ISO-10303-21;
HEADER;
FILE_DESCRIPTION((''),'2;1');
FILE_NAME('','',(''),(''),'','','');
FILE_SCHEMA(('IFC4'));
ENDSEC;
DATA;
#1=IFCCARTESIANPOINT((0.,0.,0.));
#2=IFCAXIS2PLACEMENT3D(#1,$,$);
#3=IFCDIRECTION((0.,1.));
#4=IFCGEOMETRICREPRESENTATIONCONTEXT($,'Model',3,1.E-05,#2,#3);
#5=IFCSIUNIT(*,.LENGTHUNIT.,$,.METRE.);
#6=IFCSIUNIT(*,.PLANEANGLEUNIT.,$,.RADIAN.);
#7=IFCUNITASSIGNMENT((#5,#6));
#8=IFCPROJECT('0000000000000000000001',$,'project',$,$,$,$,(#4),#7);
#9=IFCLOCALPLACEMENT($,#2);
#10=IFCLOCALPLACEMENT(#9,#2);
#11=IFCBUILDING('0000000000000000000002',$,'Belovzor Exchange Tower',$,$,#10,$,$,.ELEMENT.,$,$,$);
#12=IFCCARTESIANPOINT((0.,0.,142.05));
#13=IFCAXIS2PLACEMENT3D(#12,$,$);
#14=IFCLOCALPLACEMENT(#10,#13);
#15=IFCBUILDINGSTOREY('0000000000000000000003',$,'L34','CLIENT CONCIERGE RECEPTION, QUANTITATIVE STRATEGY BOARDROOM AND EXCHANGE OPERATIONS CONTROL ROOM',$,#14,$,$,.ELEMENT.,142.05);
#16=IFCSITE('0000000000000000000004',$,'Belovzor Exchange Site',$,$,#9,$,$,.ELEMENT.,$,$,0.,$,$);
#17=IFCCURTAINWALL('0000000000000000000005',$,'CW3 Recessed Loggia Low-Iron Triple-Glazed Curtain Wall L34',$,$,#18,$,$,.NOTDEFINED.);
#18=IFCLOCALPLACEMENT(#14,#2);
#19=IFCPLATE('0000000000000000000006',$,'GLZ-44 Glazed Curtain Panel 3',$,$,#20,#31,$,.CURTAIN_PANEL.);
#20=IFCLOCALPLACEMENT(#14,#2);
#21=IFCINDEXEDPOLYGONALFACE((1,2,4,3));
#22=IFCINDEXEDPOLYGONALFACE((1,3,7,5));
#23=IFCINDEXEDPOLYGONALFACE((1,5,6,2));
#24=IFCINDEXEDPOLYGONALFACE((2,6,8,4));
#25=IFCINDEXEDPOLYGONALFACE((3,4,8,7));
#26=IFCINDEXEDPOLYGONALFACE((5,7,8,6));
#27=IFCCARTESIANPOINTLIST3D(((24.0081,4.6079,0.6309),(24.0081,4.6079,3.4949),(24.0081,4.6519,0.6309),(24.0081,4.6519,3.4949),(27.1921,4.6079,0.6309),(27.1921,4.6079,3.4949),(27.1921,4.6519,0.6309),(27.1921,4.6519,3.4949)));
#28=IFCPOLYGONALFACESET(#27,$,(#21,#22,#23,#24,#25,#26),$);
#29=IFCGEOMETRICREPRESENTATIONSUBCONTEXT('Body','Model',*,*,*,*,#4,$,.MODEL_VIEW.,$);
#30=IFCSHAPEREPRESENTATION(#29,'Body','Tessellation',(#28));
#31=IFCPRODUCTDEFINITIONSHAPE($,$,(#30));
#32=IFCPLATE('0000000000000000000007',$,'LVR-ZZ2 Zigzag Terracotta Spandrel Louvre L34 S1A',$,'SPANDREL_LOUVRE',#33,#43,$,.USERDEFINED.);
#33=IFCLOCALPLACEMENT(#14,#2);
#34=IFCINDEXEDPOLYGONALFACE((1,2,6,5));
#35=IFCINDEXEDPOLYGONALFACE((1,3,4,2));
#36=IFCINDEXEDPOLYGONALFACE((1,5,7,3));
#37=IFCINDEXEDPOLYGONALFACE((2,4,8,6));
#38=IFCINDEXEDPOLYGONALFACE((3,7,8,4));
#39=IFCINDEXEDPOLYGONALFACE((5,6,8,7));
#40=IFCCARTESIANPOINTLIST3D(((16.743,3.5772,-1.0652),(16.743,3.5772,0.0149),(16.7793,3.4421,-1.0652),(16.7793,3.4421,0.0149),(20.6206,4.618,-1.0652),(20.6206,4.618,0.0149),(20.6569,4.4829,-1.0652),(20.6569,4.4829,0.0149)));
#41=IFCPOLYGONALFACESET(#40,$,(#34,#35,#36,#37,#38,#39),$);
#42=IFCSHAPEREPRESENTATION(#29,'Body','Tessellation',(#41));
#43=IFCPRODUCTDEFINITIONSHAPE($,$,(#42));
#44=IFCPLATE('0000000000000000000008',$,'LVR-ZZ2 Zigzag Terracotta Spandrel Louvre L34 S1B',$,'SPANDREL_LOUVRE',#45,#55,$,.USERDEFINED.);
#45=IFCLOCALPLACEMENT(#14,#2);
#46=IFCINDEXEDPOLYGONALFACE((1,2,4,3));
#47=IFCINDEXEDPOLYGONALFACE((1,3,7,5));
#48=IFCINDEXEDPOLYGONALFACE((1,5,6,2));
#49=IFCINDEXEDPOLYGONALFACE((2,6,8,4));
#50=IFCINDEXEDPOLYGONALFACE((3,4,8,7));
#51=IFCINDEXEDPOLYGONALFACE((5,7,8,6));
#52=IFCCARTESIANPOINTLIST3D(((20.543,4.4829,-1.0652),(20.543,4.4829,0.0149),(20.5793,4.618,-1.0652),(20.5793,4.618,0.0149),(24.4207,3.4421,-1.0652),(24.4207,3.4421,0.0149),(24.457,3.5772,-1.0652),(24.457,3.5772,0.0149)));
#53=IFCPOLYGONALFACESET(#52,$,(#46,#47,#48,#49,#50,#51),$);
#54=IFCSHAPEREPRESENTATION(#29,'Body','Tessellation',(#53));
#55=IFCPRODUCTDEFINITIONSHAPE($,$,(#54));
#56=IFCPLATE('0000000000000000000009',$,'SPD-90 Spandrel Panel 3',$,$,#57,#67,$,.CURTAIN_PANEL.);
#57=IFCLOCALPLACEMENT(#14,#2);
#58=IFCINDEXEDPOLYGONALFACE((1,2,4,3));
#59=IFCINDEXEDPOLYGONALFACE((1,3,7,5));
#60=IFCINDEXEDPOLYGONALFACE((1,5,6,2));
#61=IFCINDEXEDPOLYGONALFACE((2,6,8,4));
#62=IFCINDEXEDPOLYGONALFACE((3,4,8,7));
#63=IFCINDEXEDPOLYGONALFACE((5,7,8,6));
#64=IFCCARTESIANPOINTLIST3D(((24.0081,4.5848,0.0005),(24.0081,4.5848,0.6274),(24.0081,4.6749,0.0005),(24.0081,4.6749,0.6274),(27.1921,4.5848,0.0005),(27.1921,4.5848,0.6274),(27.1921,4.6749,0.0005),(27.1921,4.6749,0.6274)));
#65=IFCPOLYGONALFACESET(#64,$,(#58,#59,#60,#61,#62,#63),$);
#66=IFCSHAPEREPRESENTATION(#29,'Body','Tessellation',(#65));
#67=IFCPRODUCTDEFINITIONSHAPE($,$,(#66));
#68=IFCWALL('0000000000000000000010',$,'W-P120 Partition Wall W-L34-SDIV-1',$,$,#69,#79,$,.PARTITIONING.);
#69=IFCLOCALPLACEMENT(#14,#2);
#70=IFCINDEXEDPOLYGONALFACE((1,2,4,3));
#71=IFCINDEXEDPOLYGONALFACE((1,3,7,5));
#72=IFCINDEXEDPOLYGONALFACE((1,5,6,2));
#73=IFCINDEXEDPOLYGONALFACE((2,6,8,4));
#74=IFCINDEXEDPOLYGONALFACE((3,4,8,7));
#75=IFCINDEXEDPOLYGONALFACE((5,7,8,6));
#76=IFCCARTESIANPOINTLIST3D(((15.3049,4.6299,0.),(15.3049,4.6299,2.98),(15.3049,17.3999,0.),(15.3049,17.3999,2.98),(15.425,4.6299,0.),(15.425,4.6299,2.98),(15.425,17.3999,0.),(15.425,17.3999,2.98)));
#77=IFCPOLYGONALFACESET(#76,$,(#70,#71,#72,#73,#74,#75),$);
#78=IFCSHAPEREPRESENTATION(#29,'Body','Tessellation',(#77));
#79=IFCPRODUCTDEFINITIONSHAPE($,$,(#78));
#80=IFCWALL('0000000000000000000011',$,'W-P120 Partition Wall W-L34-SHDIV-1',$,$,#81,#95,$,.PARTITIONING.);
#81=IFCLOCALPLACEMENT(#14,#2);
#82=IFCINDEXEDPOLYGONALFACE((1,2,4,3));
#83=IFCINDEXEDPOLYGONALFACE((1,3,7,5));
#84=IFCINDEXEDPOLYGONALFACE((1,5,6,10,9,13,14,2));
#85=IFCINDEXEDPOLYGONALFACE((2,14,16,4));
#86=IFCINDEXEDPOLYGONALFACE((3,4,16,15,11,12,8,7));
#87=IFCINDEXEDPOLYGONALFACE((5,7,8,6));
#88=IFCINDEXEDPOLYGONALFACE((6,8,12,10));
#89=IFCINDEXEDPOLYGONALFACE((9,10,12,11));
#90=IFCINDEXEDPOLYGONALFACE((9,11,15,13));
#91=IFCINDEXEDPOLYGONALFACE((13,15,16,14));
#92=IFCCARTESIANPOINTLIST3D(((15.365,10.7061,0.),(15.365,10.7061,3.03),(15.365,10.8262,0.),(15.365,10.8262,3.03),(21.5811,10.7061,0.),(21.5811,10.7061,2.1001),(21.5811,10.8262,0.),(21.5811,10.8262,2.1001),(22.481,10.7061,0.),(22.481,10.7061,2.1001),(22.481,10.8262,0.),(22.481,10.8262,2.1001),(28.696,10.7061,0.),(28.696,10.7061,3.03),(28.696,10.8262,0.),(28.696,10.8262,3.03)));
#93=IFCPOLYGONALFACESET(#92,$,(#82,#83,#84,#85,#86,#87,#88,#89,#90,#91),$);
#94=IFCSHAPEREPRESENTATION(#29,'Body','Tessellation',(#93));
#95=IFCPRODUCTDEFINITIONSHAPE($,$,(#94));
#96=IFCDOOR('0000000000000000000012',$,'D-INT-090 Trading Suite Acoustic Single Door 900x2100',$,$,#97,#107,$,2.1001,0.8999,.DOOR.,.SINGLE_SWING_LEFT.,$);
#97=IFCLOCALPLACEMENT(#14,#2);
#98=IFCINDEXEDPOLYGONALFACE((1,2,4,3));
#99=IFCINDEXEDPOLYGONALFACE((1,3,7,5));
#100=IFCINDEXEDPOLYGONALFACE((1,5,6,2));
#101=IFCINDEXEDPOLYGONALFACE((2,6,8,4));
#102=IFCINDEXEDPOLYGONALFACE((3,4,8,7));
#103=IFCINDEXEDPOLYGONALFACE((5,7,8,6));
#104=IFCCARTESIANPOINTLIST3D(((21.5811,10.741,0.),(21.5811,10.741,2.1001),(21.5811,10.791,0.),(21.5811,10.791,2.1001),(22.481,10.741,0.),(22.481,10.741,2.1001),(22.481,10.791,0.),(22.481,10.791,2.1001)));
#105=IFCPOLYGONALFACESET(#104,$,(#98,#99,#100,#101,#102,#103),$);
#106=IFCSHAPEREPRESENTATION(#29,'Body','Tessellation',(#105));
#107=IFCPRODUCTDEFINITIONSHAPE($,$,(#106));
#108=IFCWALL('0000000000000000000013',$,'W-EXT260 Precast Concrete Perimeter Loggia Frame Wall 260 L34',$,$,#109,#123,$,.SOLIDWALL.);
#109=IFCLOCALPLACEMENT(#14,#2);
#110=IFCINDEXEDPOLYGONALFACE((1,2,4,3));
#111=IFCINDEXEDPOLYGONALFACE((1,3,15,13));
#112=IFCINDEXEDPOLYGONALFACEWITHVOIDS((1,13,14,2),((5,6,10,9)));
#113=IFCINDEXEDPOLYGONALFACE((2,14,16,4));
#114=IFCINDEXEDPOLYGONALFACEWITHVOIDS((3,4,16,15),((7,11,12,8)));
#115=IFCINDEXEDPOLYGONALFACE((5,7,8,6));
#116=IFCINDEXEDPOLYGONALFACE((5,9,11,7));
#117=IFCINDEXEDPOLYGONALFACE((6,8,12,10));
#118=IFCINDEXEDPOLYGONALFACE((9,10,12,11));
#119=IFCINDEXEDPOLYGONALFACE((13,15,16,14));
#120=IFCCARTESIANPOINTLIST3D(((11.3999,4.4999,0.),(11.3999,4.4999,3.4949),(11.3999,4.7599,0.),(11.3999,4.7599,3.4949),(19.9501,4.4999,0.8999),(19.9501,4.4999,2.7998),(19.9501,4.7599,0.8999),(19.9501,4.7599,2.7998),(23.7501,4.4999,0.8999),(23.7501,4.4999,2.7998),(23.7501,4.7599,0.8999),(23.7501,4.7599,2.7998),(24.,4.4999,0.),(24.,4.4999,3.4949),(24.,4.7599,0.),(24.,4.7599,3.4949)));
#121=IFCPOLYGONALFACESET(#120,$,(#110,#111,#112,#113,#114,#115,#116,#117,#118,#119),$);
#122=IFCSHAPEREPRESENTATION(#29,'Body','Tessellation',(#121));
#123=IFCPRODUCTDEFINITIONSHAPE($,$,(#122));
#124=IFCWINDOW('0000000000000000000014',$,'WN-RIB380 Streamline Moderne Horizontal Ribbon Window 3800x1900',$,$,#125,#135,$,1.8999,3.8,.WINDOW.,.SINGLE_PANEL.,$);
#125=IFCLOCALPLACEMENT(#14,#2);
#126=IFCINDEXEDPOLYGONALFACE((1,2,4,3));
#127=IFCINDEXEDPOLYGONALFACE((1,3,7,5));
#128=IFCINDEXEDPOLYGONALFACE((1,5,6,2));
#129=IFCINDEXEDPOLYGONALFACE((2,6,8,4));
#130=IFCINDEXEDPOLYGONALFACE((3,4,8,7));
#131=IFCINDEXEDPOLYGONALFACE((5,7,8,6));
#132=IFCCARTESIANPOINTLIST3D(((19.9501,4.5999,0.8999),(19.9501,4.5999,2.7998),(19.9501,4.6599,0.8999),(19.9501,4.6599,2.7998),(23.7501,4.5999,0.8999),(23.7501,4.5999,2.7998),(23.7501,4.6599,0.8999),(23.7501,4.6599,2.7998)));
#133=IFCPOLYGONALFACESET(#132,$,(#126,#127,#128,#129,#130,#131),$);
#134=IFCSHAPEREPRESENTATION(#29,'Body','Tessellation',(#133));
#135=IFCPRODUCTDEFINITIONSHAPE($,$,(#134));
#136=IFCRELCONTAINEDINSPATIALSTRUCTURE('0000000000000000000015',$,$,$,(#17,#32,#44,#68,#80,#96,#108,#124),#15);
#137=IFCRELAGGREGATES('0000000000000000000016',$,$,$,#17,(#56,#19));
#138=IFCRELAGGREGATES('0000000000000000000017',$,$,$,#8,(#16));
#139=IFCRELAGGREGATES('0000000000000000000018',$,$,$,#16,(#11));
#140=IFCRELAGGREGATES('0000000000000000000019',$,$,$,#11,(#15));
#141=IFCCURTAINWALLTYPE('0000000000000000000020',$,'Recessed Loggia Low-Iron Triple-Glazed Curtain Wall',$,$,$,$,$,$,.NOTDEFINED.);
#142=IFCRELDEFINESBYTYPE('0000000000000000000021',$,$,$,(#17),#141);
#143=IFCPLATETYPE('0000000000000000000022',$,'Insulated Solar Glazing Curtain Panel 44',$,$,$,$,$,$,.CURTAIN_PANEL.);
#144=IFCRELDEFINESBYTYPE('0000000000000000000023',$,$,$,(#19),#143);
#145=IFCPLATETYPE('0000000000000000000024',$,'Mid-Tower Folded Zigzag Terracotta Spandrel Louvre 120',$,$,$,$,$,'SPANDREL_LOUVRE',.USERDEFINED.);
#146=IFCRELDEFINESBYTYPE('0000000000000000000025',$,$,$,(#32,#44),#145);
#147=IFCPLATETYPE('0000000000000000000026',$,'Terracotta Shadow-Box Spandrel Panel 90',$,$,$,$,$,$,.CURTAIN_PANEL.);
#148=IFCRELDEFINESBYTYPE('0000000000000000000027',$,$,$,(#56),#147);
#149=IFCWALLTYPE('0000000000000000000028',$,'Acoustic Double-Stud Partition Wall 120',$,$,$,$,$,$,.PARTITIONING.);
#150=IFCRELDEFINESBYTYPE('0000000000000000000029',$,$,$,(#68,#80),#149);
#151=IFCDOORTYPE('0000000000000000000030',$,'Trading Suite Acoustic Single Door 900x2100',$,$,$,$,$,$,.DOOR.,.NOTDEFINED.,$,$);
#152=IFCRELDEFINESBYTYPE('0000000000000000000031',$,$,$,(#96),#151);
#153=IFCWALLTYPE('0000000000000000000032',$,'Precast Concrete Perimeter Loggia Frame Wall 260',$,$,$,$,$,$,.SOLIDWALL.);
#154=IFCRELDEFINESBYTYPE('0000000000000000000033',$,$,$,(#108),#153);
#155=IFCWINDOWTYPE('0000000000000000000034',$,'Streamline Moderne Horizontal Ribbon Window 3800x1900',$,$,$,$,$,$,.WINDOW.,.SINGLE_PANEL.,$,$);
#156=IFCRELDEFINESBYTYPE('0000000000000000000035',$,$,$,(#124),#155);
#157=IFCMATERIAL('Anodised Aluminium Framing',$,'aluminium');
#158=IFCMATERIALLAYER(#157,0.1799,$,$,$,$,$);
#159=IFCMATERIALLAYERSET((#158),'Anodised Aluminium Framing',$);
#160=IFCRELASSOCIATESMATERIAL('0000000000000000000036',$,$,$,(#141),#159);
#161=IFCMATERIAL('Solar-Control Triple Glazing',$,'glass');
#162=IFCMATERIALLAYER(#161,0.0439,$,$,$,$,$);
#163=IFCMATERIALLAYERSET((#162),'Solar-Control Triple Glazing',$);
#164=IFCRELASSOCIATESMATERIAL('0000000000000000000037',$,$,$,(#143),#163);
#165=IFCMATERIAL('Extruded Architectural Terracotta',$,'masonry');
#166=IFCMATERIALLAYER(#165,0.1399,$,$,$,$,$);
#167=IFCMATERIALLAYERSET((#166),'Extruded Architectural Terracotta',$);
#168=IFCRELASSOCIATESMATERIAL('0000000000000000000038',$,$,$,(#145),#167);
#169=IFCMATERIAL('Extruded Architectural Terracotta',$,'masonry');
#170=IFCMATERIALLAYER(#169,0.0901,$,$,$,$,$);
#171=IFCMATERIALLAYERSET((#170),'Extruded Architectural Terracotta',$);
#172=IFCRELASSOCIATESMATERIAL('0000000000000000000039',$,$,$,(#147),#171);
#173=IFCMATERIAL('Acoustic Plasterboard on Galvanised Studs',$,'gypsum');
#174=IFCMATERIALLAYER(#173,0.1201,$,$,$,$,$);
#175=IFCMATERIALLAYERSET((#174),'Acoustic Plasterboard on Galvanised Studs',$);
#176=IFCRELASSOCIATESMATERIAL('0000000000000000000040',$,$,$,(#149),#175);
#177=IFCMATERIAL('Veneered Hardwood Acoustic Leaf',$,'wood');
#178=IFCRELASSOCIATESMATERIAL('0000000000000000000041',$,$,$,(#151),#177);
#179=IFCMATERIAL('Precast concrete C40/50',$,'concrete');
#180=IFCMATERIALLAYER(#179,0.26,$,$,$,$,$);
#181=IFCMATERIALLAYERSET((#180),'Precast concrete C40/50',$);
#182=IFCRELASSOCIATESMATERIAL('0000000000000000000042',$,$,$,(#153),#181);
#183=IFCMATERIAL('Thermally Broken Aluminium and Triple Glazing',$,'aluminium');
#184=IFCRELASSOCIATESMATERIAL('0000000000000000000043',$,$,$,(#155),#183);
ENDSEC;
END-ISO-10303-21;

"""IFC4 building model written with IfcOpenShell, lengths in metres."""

from ifc_helpers import new_model, si_unit, direction, frame, frame_2d, origin, origin_2d, place, context, subcontext, project, spatial, rectangle, extrude, material, layer, layer_set, type_object, element, fill, aggregate, save


model = new_model("IFC4")

# Units and contexts
model_context = context("Model", 3, precision=1e-05, world=origin(), true_north=direction((0.0, 1.0)))
body_context = subcontext(model_context, "Body", "Model", "MODEL_VIEW")
ifc_project = project(units=[si_unit("LENGTHUNIT", "METRE"), si_unit("PLANEANGLEUNIT", "RADIAN")], contexts=[model_context])

# Site, building, storey
site_placement = place(None, origin())
site = spatial("IfcSite", under=ifc_project, at=site_placement, Name="Belovzor Exchange Site", CompositionType="ELEMENT", RefElevation=0.0)
building_placement = place(site_placement, origin())
building = spatial("IfcBuilding", under=site, at=building_placement, Name="Belovzor Exchange Tower", CompositionType="ELEMENT")
storey_placement = place(building_placement, frame((0.0, 0.0, 142.05)))
storey = spatial("IfcBuildingStorey", under=building, at=storey_placement, Name="L34", Description="CLIENT CONCIERGE RECEPTION, QUANTITATIVE STRATEGY BOARDROOM AND EXCHANGE OPERATIONS CONTROL ROOM", CompositionType="ELEMENT", Elevation=142.05)

# Curtain wall
ifc_material_1 = material(Name="Anodised Aluminium Framing", Category="aluminium")
ifc_layer_1 = layer(ifc_material_1, 0.1799)
ifc_layer_set_1 = layer_set([ifc_layer_1], Name="Anodised Aluminium Framing")
curtain_wall_type = type_object("IfcCurtainWallType", Name="Recessed Loggia Low-Iron Triple-Glazed Curtain Wall", PredefinedType="NOTDEFINED", material=ifc_layer_set_1)
curtain_wall_placement = place(storey_placement, origin())
curtain_wall = element("IfcCurtainWall", 1, at=curtain_wall_placement, inside=storey, type_object=curtain_wall_type, Name="CW3 Recessed Loggia Low-Iron Triple-Glazed Curtain Wall L34", PredefinedType="NOTDEFINED")

# Plate
ifc_material_2 = material(Name="Solar-Control Triple Glazing", Category="glass")
ifc_layer_2 = layer(ifc_material_2, 0.0439)
ifc_layer_set_2 = layer_set([ifc_layer_2], Name="Solar-Control Triple Glazing")
plate_type_1 = type_object("IfcPlateType", Name="Insulated Solar Glazing Curtain Panel 44", PredefinedType="CURTAIN_PANEL", material=ifc_layer_set_2)
plate_1_placement = place(storey_placement, frame((25.6001, 4.6299, 0.6309), z_axis=(0.0, 0.0, 1.0), x_axis=(-1.0, 0.0, 0.0)))
plate_1 = element("IfcPlate", 2, at=plate_1_placement, type_object=plate_type_1, Name="GLZ-44 Glazed Curtain Panel 3", PredefinedType="CURTAIN_PANEL", context=body_context, shape_type="SweptSolid", body=[
    extrude(rectangle(XDim=3.1841, YDim=0.0439, at=origin_2d()), origin(), (0.0, 0.0, 1.0), 2.864),
])

# Plates
ifc_material_3 = material(Name="Extruded Architectural Terracotta", Category="masonry")
ifc_layer_3 = layer(ifc_material_3, 0.1399)
ifc_layer_set_3 = layer_set([ifc_layer_3], Name="Extruded Architectural Terracotta")
plate_type_2 = type_object("IfcPlateType", Name="Mid-Tower Folded Zigzag Terracotta Spandrel Louvre 120", ElementType="SPANDREL_LOUVRE", PredefinedType="USERDEFINED", material=ifc_layer_set_3)
for number, where, z_axis, x_axis, name in (
    (3, (18.7, 4.03, -1.0652), (0.0, 0.0, 1.0), (0.965813, 0.25924, 0.0), "LVR-ZZ2 Zigzag Terracotta Spandrel Louvre L34 S1A"),
    (4, (22.5, 4.03, -1.0652), (0.0, 0.0, 1.0), (0.965813, -0.25924, 0.0), "LVR-ZZ2 Zigzag Terracotta Spandrel Louvre L34 S1B"),
):
    element("IfcPlate", number, at=place(storey_placement, frame(where, z_axis=z_axis, x_axis=x_axis)), inside=storey, type_object=plate_type_2, Name=name, ObjectType="SPANDREL_LOUVRE", PredefinedType="USERDEFINED", context=body_context, shape_type="SweptSolid", body=[
        extrude(rectangle(XDim=4.0149, YDim=0.1399, at=origin_2d()), origin(), (0.0, 0.0, 1.0), 1.0801),
    ])

# Plate
ifc_material_4 = material(Name="Extruded Architectural Terracotta", Category="masonry")
ifc_layer_4 = layer(ifc_material_4, 0.0901)
ifc_layer_set_4 = layer_set([ifc_layer_4], Name="Extruded Architectural Terracotta")
plate_type_3 = type_object("IfcPlateType", Name="Terracotta Shadow-Box Spandrel Panel 90", PredefinedType="CURTAIN_PANEL", material=ifc_layer_set_4)
plate_2_placement = place(storey_placement, frame((25.6001, 4.6299, 0.0005), z_axis=(0.0, 0.0, 1.0), x_axis=(-1.0, 0.0, 0.0)))
plate_2 = element("IfcPlate", 5, at=plate_2_placement, type_object=plate_type_3, Name="SPD-90 Spandrel Panel 3", PredefinedType="CURTAIN_PANEL", context=body_context, shape_type="SweptSolid", body=[
    extrude(rectangle(XDim=3.1841, YDim=0.0901, at=origin_2d()), origin(), (0.0, 0.0, 1.0), 0.627),
])
aggregate(curtain_wall, [plate_2, plate_1])

# Wall
ifc_material_5 = material(Name="Acoustic Plasterboard on Galvanised Studs", Category="gypsum")
ifc_layer_5 = layer(ifc_material_5, 0.1201)
ifc_layer_set_5 = layer_set([ifc_layer_5], Name="Acoustic Plasterboard on Galvanised Studs")
wall_type_1 = type_object("IfcWallType", Name="Acoustic Double-Stud Partition Wall 120", PredefinedType="PARTITIONING", material=ifc_layer_set_5)
wall_1_placement = place(storey_placement, frame((15.365, 4.6299, 0.0), z_axis=(0.0, 0.0, 1.0), x_axis=(0.0, 1.0, 0.0)))
element("IfcWall", 6, at=wall_1_placement, inside=storey, type_object=wall_type_1, Name="W-P120 Partition Wall W-L34-SDIV-1", PredefinedType="PARTITIONING", context=body_context, shape_type="SweptSolid", body=[
    extrude(rectangle(XDim=12.77, YDim=0.1201, at=frame_2d((6.385, 0.0))), origin(), (0.0, 0.0, 1.0), 2.98),
])

# Wall, opening, door
wall_2_placement = place(storey_placement, frame((15.365, 10.7661, 0.0), z_axis=(0.0, 0.0, 1.0), x_axis=(1.0, 0.0, 0.0)))
wall_2 = element("IfcWall", 7, at=wall_2_placement, inside=storey, type_object=wall_type_1, Name="W-P120 Partition Wall W-L34-SHDIV-1", PredefinedType="PARTITIONING", context=body_context, shape_type="SweptSolid", body=[
    extrude(rectangle(XDim=13.3311, YDim=0.1201, at=frame_2d((6.6655, 0.0))), origin(), (0.0, 0.0, 1.0), 3.03),
])
opening_1_placement = place(wall_2_placement, frame((6.2161, 0.0, 0.0)))
opening_1 = element("IfcOpeningElement", 8, at=opening_1_placement, cuts=wall_2, PredefinedType="OPENING", context=body_context, shape_type="SweptSolid", body=[
    extrude(rectangle(XDim=0.8999, YDim=2.1001, at=frame_2d((0.45, 1.05))), frame((0.0, 0.0701, 0.0), z_axis=(0.0, -1.0, 0.0), x_axis=(1.0, 0.0, 0.0)), (0.0, 0.0, 1.0), 0.1401),
])
ifc_material_6 = material(Name="Veneered Hardwood Acoustic Leaf", Category="wood")
door_type = type_object("IfcDoorType", Name="Trading Suite Acoustic Single Door 900x2100", OperationType="NOTDEFINED", PredefinedType="DOOR", material=ifc_material_6)
door_placement = place(opening_1_placement, origin())
door = element("IfcDoor", 9, at=door_placement, inside=storey, type_object=door_type, Name="D-INT-090 Trading Suite Acoustic Single Door 900x2100", OperationType="SINGLE_SWING_LEFT", OverallHeight=2.1001, OverallWidth=0.8999, PredefinedType="DOOR", context=body_context, shape_type="SweptSolid", body=[
    extrude(rectangle(XDim=0.8999, YDim=2.1001, at=frame_2d((0.45, 1.05))), frame((0.0, 0.0249, 0.0), z_axis=(0.0, -1.0, 0.0), x_axis=(1.0, 0.0, 0.0)), (0.0, 0.0, 1.0), 0.05),
])
fill(opening_1, door)

# Wall, opening, window
ifc_material_7 = material(Name="Precast concrete C40/50", Category="concrete")
ifc_layer_6 = layer(ifc_material_7, 0.26)
ifc_layer_set_6 = layer_set([ifc_layer_6], Name="Precast concrete C40/50")
wall_type_2 = type_object("IfcWallType", Name="Precast Concrete Perimeter Loggia Frame Wall 260", PredefinedType="SOLIDWALL", material=ifc_layer_set_6)
wall_3_placement = place(storey_placement, frame((24.0, 4.6299, 0.0), z_axis=(0.0, 0.0, 1.0), x_axis=(-1.0, 0.0, 0.0)))
wall_3 = element("IfcWall", 10, at=wall_3_placement, inside=storey, type_object=wall_type_2, Name="W-EXT260 Precast Concrete Perimeter Loggia Frame Wall 260 L34", PredefinedType="SOLIDWALL", context=body_context, shape_type="SweptSolid", body=[
    extrude(rectangle(XDim=12.6001, YDim=0.26, at=frame_2d((6.3, 0.0))), origin(), (0.0, 0.0, 1.0), 3.4949),
])
opening_2_placement = place(wall_3_placement, frame((0.25, 0.0, 0.8999)))
opening_2 = element("IfcOpeningElement", 11, at=opening_2_placement, cuts=wall_3, PredefinedType="OPENING", context=body_context, shape_type="SweptSolid", body=[
    extrude(rectangle(XDim=3.8, YDim=1.8999, at=frame_2d((1.8999, 0.95))), frame((0.0, 0.1399, 0.0), z_axis=(0.0, -1.0, 0.0), x_axis=(1.0, 0.0, 0.0)), (0.0, 0.0, 1.0), 0.28),
])
ifc_material_8 = material(Name="Thermally Broken Aluminium and Triple Glazing", Category="aluminium")
window_type = type_object("IfcWindowType", Name="Streamline Moderne Horizontal Ribbon Window 3800x1900", PartitioningType="SINGLE_PANEL", PredefinedType="WINDOW", material=ifc_material_8)
window_placement = place(opening_2_placement, origin())
window = element("IfcWindow", 12, at=window_placement, inside=storey, type_object=window_type, Name="WN-RIB380 Streamline Moderne Horizontal Ribbon Window 3800x1900", OverallHeight=1.8999, OverallWidth=3.8, PartitioningType="SINGLE_PANEL", PredefinedType="WINDOW", context=body_context, shape_type="SweptSolid", body=[
    extrude(rectangle(XDim=3.8, YDim=1.8999, at=frame_2d((1.8999, 0.95))), frame((0.0, 0.03, 0.0), z_axis=(0.0, -1.0, 0.0), x_axis=(1.0, 0.0, 0.0)), (0.0, 0.0, 1.0), 0.0601),
])
fill(opening_2, window)

save(model, "model.ifc")
